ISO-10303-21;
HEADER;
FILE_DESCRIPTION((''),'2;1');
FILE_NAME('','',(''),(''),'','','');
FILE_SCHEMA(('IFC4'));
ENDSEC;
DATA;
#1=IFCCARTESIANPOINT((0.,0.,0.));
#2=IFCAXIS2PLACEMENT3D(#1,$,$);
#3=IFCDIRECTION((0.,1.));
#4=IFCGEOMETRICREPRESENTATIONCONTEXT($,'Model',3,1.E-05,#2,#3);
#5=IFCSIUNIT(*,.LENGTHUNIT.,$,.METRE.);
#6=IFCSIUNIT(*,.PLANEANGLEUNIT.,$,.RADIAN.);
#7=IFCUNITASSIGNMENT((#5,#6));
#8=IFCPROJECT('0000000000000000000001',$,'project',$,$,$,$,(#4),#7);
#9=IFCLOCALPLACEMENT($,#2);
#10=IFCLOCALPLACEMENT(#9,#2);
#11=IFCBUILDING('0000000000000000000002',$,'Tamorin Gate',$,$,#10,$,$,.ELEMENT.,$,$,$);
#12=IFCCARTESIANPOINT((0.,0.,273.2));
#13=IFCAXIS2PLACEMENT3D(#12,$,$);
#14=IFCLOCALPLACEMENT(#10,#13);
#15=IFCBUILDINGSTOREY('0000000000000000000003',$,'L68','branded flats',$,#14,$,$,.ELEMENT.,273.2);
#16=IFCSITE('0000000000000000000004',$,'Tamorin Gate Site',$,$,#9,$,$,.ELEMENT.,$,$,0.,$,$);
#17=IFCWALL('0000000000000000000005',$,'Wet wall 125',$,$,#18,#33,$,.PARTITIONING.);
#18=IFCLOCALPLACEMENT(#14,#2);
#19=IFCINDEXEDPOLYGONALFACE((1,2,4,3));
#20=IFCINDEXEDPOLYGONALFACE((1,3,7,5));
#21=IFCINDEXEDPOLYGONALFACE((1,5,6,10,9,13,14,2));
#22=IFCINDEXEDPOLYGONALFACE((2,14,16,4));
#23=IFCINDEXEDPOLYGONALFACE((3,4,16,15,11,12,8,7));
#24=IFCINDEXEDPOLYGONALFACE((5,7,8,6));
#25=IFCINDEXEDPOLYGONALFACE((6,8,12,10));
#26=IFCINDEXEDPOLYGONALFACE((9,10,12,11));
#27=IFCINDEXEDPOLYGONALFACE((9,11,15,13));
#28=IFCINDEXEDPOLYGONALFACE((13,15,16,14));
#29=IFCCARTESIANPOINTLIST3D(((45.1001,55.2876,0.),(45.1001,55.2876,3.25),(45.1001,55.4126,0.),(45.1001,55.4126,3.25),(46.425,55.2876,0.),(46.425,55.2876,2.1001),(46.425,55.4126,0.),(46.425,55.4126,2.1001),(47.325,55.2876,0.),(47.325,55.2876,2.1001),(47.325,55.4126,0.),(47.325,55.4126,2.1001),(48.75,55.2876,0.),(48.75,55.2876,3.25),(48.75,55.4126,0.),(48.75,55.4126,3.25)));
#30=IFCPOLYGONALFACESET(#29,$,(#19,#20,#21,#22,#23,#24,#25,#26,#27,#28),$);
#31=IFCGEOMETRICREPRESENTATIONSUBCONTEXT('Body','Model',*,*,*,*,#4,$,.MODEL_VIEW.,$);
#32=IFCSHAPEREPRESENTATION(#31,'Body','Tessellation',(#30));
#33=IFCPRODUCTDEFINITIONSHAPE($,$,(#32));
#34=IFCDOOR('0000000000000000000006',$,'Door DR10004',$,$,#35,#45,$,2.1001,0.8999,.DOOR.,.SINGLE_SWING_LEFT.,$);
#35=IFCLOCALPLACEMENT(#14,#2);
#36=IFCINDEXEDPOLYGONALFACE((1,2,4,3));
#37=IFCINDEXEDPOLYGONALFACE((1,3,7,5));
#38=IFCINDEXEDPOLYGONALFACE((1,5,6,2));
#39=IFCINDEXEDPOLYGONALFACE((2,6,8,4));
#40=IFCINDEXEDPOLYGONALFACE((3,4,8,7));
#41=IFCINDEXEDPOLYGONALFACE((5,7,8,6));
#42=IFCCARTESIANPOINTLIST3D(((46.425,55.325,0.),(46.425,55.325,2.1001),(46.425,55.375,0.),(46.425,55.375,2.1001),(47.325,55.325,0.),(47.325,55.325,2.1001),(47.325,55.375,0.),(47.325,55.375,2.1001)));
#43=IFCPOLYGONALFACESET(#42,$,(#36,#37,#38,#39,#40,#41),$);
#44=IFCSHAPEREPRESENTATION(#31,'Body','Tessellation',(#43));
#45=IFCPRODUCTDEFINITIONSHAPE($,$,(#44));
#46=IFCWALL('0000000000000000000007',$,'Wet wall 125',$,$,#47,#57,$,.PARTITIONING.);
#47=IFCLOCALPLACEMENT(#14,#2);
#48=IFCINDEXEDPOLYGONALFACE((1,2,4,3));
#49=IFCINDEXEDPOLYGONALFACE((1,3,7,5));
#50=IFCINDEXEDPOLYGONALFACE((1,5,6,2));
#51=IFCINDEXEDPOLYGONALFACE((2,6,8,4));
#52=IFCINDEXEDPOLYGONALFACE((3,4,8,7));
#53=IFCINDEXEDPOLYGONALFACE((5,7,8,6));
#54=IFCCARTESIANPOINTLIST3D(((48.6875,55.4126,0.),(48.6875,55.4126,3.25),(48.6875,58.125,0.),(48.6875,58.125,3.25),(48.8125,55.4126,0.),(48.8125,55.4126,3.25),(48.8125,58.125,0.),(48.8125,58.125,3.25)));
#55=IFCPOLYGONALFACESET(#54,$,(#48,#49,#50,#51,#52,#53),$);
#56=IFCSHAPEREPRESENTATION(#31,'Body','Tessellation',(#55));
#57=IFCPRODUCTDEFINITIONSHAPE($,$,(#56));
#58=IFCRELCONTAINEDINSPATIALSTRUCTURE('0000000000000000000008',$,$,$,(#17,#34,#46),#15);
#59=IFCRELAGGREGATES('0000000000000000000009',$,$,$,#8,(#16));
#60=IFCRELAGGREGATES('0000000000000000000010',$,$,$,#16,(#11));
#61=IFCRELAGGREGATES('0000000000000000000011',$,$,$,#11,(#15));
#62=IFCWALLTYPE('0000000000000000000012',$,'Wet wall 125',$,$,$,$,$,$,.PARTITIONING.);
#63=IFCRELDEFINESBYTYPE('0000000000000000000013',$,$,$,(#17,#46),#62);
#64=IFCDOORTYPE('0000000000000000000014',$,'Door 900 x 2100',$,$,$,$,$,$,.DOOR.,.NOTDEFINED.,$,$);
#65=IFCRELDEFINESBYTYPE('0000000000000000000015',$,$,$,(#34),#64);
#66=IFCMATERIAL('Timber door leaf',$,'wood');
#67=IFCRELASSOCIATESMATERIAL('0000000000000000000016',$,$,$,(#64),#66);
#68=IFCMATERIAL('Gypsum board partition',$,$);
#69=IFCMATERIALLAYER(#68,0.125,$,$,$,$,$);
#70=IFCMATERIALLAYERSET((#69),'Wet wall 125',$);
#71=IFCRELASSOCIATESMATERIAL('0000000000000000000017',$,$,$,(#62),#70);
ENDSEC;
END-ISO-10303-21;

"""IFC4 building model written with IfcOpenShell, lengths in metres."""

from ifc_helpers import new_model, si_unit, direction, frame, frame_2d, origin, place, context, subcontext, project, spatial, rectangle, extrude, material, layer, layer_set, type_object, element, fill, save


model = new_model("IFC4")

# Units and contexts
model_context = context("Model", 3, precision=1e-05, world=origin(), true_north=direction((0.0, 1.0)))
body_context = subcontext(model_context, "Body", "Model", "MODEL_VIEW")
ifc_project = project(units=[si_unit("LENGTHUNIT", "METRE"), si_unit("PLANEANGLEUNIT", "RADIAN")], contexts=[model_context])

# Site, building, storey
site_placement = place(None, origin())
site = spatial("IfcSite", under=ifc_project, at=site_placement, Name="Tamorin Gate Site", CompositionType="ELEMENT", RefElevation=0.0)
building_placement = place(site_placement, origin())
building = spatial("IfcBuilding", under=site, at=building_placement, Name="Tamorin Gate", CompositionType="ELEMENT")
storey_placement = place(building_placement, frame((0.0, 0.0, 273.2)))
storey = spatial("IfcBuildingStorey", under=building, at=storey_placement, Name="L68", Description="branded flats", CompositionType="ELEMENT", Elevation=273.2)

# Shared definitions
ifc_material_1 = material(Name="Gypsum board partition")

# Shared definitions
ifc_material_2 = material(Name="Timber door leaf", Category="wood")
door_type = type_object("IfcDoorType", Name="Door 900 x 2100", OperationType="NOTDEFINED", PredefinedType="DOOR", material=ifc_material_2)

# Wall, opening, door
ifc_layer_1 = layer(ifc_material_1, 0.125)
ifc_layer_set_1 = layer_set([ifc_layer_1], Name="Wet wall 125")
wall_type_1 = type_object("IfcWallType", Name="Wet wall 125", PredefinedType="PARTITIONING", material=ifc_layer_set_1)
wall_1_placement = place(storey_placement, frame((45.1001, 55.3501, 0.0), z_axis=(0.0, 0.0, 1.0), x_axis=(1.0, 0.0, 0.0)))
wall_1 = element("IfcWall", 1, at=wall_1_placement, inside=storey, type_object=wall_type_1, Name="Wet wall 125", PredefinedType="PARTITIONING", context=body_context, shape_type="SweptSolid", body=[
    extrude(rectangle(XDim=3.6499, YDim=0.125, at=frame_2d((1.825, 0.0))), origin(), (0.0, 0.0, 1.0), 3.25),
])
opening_1_placement = place(wall_1_placement, frame((1.325, 0.0, 0.0)))
opening_1 = element("IfcOpeningElement", 2, at=opening_1_placement, cuts=wall_1, PredefinedType="OPENING", context=body_context, shape_type="SweptSolid", body=[
    extrude(rectangle(XDim=0.8999, YDim=2.1001, at=frame_2d((0.45, 1.05))), frame((0.0, 0.0725, 0.0), z_axis=(0.0, -1.0, 0.0), x_axis=(1.0, 0.0, 0.0)), (0.0, 0.0, 1.0), 0.145),
])
door_1_placement = place(opening_1_placement, origin())
door_1 = element("IfcDoor", 3, at=door_1_placement, inside=storey, type_object=door_type, Name="Door DR10004", OperationType="SINGLE_SWING_LEFT", OverallHeight=2.1001, OverallWidth=0.8999, PredefinedType="DOOR", context=body_context, shape_type="SweptSolid", body=[
    extrude(rectangle(XDim=0.8999, YDim=2.1001, at=frame_2d((0.45, 1.05))), frame((0.0, 0.0249, 0.0), z_axis=(0.0, -1.0, 0.0), x_axis=(1.0, 0.0, 0.0)), (0.0, 0.0, 1.0), 0.05),
])
fill(opening_1, door_1)

# Wall
wall_2_placement = place(storey_placement, frame((48.75, 55.4126, 0.0), z_axis=(0.0, 0.0, 1.0), x_axis=(0.0, 1.0, 0.0)))
element("IfcWall", 4, at=wall_2_placement, inside=storey, type_object=wall_type_1, Name="Wet wall 125", PredefinedType="PARTITIONING", context=body_context, shape_type="SweptSolid", body=[
    extrude(rectangle(XDim=2.7124, YDim=0.125, at=frame_2d((1.3562, 0.0))), origin(), (0.0, 0.0, 1.0), 3.25),
])

save(model, "model.ifc")
